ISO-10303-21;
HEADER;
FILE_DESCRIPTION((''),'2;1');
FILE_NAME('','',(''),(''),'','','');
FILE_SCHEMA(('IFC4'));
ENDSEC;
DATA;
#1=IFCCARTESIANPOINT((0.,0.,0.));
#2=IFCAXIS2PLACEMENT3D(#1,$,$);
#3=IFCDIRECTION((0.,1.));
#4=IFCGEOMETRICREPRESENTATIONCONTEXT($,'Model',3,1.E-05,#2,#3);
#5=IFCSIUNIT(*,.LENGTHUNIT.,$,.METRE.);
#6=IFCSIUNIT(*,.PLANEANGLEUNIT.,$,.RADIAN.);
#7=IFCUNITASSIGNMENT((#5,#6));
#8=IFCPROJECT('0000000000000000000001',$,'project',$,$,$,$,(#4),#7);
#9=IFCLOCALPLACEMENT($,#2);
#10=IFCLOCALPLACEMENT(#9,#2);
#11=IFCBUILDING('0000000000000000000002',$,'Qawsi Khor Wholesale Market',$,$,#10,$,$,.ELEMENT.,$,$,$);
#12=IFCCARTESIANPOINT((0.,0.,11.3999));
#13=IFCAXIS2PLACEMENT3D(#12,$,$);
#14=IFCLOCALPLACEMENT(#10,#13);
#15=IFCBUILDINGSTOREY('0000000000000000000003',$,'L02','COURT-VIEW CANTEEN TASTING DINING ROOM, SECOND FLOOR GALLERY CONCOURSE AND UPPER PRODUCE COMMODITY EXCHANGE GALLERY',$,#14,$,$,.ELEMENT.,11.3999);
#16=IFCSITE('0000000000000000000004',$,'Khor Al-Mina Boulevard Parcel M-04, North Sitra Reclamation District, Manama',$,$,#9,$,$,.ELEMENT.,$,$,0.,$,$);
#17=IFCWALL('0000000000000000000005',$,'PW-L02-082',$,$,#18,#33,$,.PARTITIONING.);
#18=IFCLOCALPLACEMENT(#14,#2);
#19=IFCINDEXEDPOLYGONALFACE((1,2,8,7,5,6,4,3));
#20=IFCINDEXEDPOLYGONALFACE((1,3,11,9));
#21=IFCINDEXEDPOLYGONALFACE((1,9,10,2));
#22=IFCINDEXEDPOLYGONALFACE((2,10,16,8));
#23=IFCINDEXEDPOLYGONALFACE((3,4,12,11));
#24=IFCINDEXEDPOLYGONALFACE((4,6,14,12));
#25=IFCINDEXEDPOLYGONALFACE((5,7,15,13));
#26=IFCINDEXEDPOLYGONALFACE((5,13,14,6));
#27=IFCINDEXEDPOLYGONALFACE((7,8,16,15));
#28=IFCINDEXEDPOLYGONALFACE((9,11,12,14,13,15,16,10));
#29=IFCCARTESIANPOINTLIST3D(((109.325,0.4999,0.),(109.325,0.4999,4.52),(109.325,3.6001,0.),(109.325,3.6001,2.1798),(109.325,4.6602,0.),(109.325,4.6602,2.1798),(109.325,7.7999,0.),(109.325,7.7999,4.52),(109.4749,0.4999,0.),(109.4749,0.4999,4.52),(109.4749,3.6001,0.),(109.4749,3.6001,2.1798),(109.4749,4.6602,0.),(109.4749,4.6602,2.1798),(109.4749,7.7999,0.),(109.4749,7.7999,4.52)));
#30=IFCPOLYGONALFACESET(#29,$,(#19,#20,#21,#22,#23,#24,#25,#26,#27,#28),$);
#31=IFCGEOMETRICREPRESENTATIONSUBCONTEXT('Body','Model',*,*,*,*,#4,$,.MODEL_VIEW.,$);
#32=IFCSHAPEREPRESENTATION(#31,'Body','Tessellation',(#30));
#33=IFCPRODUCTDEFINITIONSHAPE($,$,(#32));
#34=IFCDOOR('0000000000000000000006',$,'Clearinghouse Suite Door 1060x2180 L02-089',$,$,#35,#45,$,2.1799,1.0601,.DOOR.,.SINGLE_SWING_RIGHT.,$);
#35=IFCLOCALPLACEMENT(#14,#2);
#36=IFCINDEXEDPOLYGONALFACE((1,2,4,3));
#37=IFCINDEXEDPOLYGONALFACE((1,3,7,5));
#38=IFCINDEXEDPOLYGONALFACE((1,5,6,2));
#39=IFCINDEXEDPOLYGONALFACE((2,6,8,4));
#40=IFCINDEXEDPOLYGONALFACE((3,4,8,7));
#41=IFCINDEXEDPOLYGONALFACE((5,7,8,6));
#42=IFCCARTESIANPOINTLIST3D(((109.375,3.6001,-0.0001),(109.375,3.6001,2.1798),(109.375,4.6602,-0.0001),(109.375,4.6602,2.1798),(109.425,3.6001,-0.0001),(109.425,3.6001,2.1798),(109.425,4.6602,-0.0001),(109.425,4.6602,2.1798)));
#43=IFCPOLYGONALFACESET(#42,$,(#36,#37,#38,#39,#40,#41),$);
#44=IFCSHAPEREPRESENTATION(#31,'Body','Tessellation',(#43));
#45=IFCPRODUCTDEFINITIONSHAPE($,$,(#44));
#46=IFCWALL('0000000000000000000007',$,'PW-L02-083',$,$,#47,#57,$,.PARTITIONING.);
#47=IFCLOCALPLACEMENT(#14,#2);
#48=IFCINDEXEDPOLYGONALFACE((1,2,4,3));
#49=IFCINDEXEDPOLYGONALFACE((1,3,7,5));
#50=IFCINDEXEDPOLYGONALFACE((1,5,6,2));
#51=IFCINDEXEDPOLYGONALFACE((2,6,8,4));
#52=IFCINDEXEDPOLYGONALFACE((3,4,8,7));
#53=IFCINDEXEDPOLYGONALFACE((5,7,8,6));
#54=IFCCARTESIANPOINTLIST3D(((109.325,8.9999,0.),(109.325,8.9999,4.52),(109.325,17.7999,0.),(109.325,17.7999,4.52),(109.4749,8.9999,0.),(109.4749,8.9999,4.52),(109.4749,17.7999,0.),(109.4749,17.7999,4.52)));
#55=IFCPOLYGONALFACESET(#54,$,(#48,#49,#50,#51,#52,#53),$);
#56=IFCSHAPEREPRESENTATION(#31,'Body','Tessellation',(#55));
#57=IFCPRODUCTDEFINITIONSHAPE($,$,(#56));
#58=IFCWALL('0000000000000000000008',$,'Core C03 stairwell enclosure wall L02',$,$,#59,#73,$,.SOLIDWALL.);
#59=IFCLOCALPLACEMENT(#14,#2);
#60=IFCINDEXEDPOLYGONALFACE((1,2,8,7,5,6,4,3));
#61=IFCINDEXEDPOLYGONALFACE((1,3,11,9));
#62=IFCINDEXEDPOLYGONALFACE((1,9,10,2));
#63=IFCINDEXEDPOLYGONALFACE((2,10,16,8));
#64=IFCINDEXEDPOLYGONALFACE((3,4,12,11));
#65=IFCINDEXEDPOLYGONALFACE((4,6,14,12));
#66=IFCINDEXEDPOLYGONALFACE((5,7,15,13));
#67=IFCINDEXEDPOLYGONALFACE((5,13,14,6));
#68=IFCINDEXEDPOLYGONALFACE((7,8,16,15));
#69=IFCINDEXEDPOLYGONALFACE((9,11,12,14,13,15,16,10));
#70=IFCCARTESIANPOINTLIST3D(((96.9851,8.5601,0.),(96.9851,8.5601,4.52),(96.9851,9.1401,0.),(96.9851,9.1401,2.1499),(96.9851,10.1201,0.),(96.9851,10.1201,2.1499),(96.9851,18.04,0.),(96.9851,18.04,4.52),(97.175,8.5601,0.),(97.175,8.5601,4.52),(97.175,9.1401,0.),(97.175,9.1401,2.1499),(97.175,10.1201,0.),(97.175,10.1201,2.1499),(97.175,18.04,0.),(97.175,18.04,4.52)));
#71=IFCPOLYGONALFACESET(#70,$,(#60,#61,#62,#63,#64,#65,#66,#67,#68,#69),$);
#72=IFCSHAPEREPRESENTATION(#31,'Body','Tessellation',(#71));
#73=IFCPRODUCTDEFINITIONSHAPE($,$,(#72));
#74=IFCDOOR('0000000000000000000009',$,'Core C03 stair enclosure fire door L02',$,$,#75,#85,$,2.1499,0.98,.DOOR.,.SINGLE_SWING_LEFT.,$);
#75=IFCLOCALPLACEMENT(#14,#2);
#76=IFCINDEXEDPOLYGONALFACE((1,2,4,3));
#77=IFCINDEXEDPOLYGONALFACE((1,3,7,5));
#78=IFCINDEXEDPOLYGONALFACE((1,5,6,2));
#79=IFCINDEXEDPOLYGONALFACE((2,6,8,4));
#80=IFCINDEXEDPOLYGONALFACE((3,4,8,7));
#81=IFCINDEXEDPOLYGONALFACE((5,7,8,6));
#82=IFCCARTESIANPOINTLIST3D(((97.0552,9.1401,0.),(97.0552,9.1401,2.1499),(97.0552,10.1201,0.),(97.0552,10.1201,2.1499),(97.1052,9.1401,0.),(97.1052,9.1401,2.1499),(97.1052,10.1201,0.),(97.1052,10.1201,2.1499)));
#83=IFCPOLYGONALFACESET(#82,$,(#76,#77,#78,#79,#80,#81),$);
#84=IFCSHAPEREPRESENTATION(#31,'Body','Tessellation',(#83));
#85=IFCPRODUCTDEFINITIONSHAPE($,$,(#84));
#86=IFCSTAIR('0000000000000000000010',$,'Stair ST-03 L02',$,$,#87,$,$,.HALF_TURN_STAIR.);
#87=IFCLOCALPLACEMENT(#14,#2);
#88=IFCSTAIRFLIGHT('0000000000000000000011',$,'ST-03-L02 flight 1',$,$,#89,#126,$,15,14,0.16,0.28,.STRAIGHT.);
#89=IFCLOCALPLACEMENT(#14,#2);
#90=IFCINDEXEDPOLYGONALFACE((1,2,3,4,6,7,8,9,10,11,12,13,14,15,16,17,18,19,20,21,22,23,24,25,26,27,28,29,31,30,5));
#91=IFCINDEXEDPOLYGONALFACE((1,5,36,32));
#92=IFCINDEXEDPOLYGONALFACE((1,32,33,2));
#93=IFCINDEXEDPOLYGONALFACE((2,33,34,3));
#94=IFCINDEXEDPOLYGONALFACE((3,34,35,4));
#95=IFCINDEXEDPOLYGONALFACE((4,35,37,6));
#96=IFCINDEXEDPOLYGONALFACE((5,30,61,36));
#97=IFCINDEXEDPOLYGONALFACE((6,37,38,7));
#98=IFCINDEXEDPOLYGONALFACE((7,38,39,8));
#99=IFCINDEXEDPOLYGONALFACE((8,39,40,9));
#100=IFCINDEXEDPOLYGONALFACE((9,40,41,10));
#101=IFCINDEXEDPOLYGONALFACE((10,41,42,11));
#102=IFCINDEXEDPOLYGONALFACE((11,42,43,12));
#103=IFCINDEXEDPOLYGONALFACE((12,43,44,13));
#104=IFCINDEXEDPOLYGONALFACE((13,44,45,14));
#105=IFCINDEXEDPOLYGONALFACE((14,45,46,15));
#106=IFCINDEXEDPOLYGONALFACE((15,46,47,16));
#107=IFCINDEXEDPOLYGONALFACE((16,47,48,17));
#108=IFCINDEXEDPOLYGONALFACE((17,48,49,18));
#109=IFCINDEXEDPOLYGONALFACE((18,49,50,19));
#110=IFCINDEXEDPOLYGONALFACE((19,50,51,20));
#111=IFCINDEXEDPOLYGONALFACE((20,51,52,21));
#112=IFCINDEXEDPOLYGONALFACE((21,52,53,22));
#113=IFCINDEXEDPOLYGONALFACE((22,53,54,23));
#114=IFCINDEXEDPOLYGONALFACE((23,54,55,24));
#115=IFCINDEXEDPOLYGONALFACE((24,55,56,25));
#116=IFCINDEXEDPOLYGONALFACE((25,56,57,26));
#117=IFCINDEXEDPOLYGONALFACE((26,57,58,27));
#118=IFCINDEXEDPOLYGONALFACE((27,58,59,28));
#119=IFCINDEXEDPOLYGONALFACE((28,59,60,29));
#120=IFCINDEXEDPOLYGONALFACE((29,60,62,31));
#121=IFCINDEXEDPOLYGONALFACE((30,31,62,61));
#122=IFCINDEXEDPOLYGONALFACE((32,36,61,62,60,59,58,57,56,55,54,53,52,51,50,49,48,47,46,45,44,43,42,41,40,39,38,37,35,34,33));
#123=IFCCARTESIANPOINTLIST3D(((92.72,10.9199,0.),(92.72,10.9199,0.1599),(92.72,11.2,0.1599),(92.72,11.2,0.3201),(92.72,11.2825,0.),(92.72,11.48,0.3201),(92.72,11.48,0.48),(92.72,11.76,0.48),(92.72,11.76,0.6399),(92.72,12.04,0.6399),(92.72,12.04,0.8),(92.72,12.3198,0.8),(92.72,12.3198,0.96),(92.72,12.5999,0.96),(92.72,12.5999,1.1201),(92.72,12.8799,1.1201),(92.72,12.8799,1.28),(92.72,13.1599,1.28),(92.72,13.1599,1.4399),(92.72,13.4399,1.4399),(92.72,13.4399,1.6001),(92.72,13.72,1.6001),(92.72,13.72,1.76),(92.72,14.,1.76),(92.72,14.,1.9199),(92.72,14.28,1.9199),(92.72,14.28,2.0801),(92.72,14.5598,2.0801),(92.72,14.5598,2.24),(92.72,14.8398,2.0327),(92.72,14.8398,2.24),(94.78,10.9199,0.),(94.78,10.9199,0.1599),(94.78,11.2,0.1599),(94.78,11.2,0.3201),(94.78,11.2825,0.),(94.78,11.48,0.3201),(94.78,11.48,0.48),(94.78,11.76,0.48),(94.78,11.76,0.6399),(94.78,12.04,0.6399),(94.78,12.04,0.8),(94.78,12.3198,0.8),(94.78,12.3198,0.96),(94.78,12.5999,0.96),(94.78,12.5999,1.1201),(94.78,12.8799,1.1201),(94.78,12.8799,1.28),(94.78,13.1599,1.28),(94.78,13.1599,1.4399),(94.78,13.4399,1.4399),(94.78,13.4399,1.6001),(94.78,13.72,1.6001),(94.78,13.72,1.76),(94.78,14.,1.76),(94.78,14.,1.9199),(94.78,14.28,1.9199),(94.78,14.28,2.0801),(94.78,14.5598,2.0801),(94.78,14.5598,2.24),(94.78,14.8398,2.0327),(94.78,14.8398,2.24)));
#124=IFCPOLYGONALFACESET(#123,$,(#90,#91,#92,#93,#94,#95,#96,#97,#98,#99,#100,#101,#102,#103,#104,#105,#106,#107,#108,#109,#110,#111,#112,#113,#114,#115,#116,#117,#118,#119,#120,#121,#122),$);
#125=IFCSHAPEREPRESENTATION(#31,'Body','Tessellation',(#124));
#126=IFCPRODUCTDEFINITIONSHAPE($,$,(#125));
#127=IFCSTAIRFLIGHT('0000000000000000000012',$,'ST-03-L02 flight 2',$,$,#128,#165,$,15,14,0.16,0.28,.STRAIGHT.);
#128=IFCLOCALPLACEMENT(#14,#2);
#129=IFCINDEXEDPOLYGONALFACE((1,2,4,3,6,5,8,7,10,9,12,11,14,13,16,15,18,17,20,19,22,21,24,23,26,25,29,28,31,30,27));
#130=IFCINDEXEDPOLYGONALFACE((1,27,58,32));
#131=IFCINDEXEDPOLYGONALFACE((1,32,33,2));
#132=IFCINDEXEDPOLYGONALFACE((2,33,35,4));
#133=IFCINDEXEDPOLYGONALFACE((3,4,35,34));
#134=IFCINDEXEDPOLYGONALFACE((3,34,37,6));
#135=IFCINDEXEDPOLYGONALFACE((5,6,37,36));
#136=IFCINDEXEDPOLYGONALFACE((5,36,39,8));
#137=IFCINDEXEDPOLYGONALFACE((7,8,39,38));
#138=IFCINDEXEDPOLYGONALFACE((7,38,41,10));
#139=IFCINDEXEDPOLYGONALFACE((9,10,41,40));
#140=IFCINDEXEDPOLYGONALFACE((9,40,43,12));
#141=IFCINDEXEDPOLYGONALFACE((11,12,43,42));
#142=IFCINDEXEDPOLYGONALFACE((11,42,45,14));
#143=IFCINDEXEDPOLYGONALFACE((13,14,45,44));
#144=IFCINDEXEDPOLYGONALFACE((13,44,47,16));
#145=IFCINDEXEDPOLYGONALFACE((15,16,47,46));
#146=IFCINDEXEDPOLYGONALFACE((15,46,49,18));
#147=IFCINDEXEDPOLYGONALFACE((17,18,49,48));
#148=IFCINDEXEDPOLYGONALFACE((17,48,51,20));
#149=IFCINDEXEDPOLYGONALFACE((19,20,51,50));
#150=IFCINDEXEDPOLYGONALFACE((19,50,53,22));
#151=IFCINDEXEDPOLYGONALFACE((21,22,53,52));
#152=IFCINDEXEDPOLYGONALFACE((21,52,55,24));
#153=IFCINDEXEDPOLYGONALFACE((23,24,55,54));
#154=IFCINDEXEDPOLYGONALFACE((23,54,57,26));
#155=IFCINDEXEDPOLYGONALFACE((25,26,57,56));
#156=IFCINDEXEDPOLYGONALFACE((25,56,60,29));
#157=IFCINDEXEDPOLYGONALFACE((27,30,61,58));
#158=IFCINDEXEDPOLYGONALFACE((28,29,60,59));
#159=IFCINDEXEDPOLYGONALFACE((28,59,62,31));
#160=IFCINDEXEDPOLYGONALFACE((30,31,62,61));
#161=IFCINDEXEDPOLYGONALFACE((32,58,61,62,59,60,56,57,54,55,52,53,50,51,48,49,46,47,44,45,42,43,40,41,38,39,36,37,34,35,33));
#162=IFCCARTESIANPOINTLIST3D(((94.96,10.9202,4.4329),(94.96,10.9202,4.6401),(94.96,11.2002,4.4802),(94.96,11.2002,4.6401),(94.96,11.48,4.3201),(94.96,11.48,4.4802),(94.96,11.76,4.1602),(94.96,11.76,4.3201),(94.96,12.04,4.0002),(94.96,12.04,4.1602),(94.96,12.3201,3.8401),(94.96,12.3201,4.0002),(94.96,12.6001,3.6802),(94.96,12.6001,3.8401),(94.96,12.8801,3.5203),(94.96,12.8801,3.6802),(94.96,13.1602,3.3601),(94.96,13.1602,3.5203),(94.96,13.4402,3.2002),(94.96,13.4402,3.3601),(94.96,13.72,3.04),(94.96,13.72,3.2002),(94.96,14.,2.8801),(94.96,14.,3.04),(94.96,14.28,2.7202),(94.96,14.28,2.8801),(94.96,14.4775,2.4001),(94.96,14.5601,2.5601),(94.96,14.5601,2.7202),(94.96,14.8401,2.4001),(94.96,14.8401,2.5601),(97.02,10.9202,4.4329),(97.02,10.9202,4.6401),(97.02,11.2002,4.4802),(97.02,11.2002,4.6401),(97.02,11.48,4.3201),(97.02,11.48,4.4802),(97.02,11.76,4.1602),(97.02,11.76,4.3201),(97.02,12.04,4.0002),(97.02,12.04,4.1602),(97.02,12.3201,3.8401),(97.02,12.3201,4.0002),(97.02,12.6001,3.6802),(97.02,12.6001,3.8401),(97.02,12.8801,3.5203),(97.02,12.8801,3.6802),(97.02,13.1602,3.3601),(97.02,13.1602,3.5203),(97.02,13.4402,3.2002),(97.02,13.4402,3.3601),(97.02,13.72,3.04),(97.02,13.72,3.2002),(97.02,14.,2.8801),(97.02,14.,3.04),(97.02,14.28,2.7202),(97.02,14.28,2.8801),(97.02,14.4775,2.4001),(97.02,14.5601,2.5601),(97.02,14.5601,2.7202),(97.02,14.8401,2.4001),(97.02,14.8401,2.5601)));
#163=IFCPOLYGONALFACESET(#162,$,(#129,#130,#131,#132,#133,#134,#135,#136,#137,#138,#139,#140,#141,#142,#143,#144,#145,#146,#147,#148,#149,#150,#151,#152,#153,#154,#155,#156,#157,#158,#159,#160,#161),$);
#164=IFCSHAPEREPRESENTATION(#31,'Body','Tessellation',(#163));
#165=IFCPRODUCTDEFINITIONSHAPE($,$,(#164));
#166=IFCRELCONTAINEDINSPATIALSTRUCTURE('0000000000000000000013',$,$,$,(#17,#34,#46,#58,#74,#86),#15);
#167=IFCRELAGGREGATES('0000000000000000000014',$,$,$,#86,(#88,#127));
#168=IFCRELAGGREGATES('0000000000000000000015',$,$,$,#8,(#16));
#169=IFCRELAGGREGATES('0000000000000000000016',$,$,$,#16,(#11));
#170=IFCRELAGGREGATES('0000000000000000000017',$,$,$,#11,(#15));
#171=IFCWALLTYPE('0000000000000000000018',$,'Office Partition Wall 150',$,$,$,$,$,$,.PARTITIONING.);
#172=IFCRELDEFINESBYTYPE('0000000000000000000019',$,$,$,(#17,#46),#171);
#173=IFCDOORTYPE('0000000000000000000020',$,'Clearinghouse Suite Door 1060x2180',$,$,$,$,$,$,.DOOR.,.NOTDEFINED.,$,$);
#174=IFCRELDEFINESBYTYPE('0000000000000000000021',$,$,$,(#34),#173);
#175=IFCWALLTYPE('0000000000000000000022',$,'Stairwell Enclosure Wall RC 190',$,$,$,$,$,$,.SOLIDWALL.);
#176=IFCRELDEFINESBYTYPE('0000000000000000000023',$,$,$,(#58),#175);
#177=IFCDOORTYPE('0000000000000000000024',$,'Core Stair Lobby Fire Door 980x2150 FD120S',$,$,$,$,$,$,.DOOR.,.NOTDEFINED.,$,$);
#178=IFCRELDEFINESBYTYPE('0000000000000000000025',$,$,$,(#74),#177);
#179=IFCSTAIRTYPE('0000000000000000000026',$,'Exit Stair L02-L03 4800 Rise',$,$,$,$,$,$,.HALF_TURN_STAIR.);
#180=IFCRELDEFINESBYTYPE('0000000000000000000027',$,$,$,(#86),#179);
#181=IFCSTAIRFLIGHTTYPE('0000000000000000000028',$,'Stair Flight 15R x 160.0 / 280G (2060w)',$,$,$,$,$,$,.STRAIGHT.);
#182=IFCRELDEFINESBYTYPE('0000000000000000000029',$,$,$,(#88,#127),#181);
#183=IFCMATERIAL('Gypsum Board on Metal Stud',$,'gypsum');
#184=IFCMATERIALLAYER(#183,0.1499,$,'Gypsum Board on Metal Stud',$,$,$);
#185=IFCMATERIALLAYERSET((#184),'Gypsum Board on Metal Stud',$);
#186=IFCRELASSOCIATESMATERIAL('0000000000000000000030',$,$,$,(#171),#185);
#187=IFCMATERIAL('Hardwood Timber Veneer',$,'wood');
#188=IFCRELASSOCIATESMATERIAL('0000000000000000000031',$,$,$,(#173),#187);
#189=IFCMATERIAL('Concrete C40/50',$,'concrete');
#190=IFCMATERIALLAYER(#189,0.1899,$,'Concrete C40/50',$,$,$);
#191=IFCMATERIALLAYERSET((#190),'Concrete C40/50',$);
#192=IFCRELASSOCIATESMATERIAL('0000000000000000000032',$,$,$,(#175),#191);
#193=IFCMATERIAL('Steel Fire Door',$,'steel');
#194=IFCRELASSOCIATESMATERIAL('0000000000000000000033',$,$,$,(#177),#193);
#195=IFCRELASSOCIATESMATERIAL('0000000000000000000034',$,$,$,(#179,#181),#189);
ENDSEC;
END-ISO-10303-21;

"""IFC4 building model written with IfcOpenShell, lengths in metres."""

from ifc_helpers import new_model, si_unit, direction, frame, frame_2d, origin, place, context, subcontext, project, spatial, polyline, rectangle, outline, extrude, material, layer, layer_set, type_object, element, fill, aggregate, save


model = new_model("IFC4")

# Units and contexts
model_context = context("Model", 3, precision=1e-05, world=origin(), true_north=direction((0.0, 1.0)))
body_context = subcontext(model_context, "Body", "Model", "MODEL_VIEW")
ifc_project = project(units=[si_unit("LENGTHUNIT", "METRE"), si_unit("PLANEANGLEUNIT", "RADIAN")], contexts=[model_context])

# Site, building, storey
site_placement = place(None, origin())
site = spatial("IfcSite", under=ifc_project, at=site_placement, Name="Khor Al-Mina Boulevard Parcel M-04, North Sitra Reclamation District, Manama", CompositionType="ELEMENT", RefElevation=0.0)
building_placement = place(site_placement, origin())
building = spatial("IfcBuilding", under=site, at=building_placement, Name="Qawsi Khor Wholesale Market", CompositionType="ELEMENT")
storey_placement = place(building_placement, frame((0.0, 0.0, 11.3999)))
storey = spatial("IfcBuildingStorey", under=building, at=storey_placement, Name="L02", Description="COURT-VIEW CANTEEN TASTING DINING ROOM, SECOND FLOOR GALLERY CONCOURSE AND UPPER PRODUCE COMMODITY EXCHANGE GALLERY", CompositionType="ELEMENT", Elevation=11.3999)

# Shared definitions
ifc_material_1 = material(Name="Concrete C40/50", Category="concrete")

# Wall, opening, door
ifc_material_2 = material(Name="Gypsum Board on Metal Stud", Category="gypsum")
ifc_layer_1 = layer(ifc_material_2, 0.1499, Name="Gypsum Board on Metal Stud")
ifc_layer_set_1 = layer_set([ifc_layer_1], Name="Gypsum Board on Metal Stud")
wall_type_1 = type_object("IfcWallType", Name="Office Partition Wall 150", PredefinedType="PARTITIONING", material=ifc_layer_set_1)
wall_1_placement = place(storey_placement, frame((109.3999, 0.5, 0.0), z_axis=(0.0, 0.0, 1.0), x_axis=(0.0, 1.0, 0.0)))
wall_1 = element("IfcWall", 1, at=wall_1_placement, inside=storey, type_object=wall_type_1, Name="PW-L02-082", PredefinedType="PARTITIONING", context=body_context, shape_type="SweptSolid", body=[
    extrude(rectangle(XDim=7.3, YDim=0.1499, at=frame_2d((3.6499, 0.0))), origin(), (0.0, 0.0, 1.0), 4.52),
])
opening_1_placement = place(wall_1_placement, frame((3.1001, 0.0, 0.0)))
opening_1 = element("IfcOpeningElement", 2, at=opening_1_placement, cuts=wall_1, PredefinedType="OPENING", context=body_context, shape_type="SweptSolid", body=[
    extrude(rectangle(XDim=1.0601, YDim=2.1799, at=frame_2d((0.53, 1.0898))), frame((0.0, 0.085, 0.0), z_axis=(0.0, -1.0, 0.0), x_axis=(1.0, 0.0, 0.0)), (0.0, 0.0, 1.0), 0.1699),
])
ifc_material_3 = material(Name="Hardwood Timber Veneer", Category="wood")
door_type_1 = type_object("IfcDoorType", Name="Clearinghouse Suite Door 1060x2180", OperationType="NOTDEFINED", PredefinedType="DOOR", material=ifc_material_3)
door_1_placement = place(opening_1_placement, origin())
door_1 = element("IfcDoor", 3, at=door_1_placement, inside=storey, type_object=door_type_1, Name="Clearinghouse Suite Door 1060x2180 L02-089", OperationType="SINGLE_SWING_RIGHT", OverallHeight=2.1799, OverallWidth=1.0601, PredefinedType="DOOR", context=body_context, shape_type="SweptSolid", body=[
    extrude(rectangle(XDim=1.0601, YDim=2.1799, at=frame_2d((0.53, 1.0898))), frame((0.0, 0.0249, 0.0), z_axis=(0.0, -1.0, 0.0), x_axis=(1.0, 0.0, 0.0)), (0.0, 0.0, 1.0), 0.05),
])
fill(opening_1, door_1)

# Wall
wall_2_placement = place(storey_placement, frame((109.3999, 9.0, 0.0), z_axis=(0.0, 0.0, 1.0), x_axis=(0.0, 1.0, 0.0)))
element("IfcWall", 4, at=wall_2_placement, inside=storey, type_object=wall_type_1, Name="PW-L02-083", PredefinedType="PARTITIONING", context=body_context, shape_type="SweptSolid", body=[
    extrude(rectangle(XDim=8.8, YDim=0.1499, at=frame_2d((4.3999, 0.0))), origin(), (0.0, 0.0, 1.0), 4.52),
])

# Wall, opening, door
ifc_layer_2 = layer(ifc_material_1, 0.1899, Name="Concrete C40/50")
ifc_layer_set_2 = layer_set([ifc_layer_2], Name="Concrete C40/50")
wall_type_2 = type_object("IfcWallType", Name="Stairwell Enclosure Wall RC 190", PredefinedType="SOLIDWALL", material=ifc_layer_set_2)
wall_3_placement = place(storey_placement, frame((97.0801, 8.5601, 0.0), z_axis=(0.0, 0.0, 1.0), x_axis=(0.0, 1.0, 0.0)))
wall_3 = element("IfcWall", 5, at=wall_3_placement, inside=storey, type_object=wall_type_2, Name="Core C03 stairwell enclosure wall L02", PredefinedType="SOLIDWALL", context=body_context, shape_type="SweptSolid", body=[
    extrude(rectangle(XDim=9.48, YDim=0.1899, at=frame_2d((4.74, 0.0))), origin(), (0.0, 0.0, 1.0), 4.52),
])
opening_2_placement = place(wall_3_placement, frame((0.5801, 0.0, 0.0)))
opening_2 = element("IfcOpeningElement", 6, at=opening_2_placement, cuts=wall_3, PredefinedType="OPENING", context=body_context, shape_type="SweptSolid", body=[
    extrude(rectangle(XDim=0.98, YDim=2.1499, at=frame_2d((0.49, 1.075))), frame((0.0, 0.105, 0.0), z_axis=(0.0, -1.0, 0.0), x_axis=(1.0, 0.0, 0.0)), (0.0, 0.0, 1.0), 0.21),
])
ifc_material_4 = material(Name="Steel Fire Door", Category="steel")
door_type_2 = type_object("IfcDoorType", Name="Core Stair Lobby Fire Door 980x2150 FD120S", OperationType="NOTDEFINED", PredefinedType="DOOR", material=ifc_material_4)
door_2_placement = place(opening_2_placement, origin())
door_2 = element("IfcDoor", 7, at=door_2_placement, inside=storey, type_object=door_type_2, Name="Core C03 stair enclosure fire door L02", OperationType="SINGLE_SWING_LEFT", OverallHeight=2.1499, OverallWidth=0.98, PredefinedType="DOOR", context=body_context, shape_type="SweptSolid", body=[
    extrude(rectangle(XDim=0.98, YDim=2.1499, at=frame_2d((0.49, 1.075))), frame((0.0, 0.0249, 0.0), z_axis=(0.0, -1.0, 0.0), x_axis=(1.0, 0.0, 0.0)), (0.0, 0.0, 1.0), 0.05),
])
fill(opening_2, door_2)

# Stair, stair flights
stair_type = type_object("IfcStairType", Name="Exit Stair L02-L03 4800 Rise", PredefinedType="HALF_TURN_STAIR", material=ifc_material_1)
stair_placement = place(storey_placement, origin())
stair = element("IfcStair", 8, at=stair_placement, inside=storey, type_object=stair_type, Name="Stair ST-03 L02", PredefinedType="HALF_TURN_STAIR")
stair_flight_type = type_object("IfcStairFlightType", Name="Stair Flight 15R x 160.0 / 280G (2060w)", PredefinedType="STRAIGHT", material=ifc_material_1)
stair_flight_1_placement = place(storey_placement, frame((93.75, 10.9199, 0.0), z_axis=(0.0, 0.0, 1.0), x_axis=(0.0, 1.0, 0.0)))
stair_flight_1 = element("IfcStairFlight", 9, at=stair_flight_1_placement, type_object=stair_flight_type, Name="ST-03-L02 flight 1", NumberOfRisers=15, NumberOfTreads=14, PredefinedType="STRAIGHT", RiserHeight=0.16, TreadLength=0.28, context=body_context, shape_type="SweptSolid", body=[
    extrude(outline(polyline([(0.0, 0.0), (0.0, 0.1599), (0.28, 0.1599), (0.28, 0.3201), (0.5601, 0.3201), (0.5601, 0.48), (0.8401, 0.48), (0.8401, 0.6399), (1.1201, 0.6399), (1.1201, 0.8), (1.3999, 0.8), (1.3999, 0.96), (1.6799, 0.96), (1.6799, 1.1201), (1.96, 1.1201), (1.96, 1.28), (2.24, 1.28), (2.24, 1.4399), (2.52, 1.4399), (2.52, 1.6001), (2.8, 1.6001), (2.8, 1.76), (3.0801, 1.76), (3.0801, 1.9199), (3.3601, 1.9199), (3.3601, 2.0801), (3.6399, 2.0801), (3.6399, 2.24), (3.9199, 2.24), (3.9199, 2.3999), (3.9199, 2.0327), (0.3625, 0.0), (0.0, 0.0)])), frame((0.0, 1.03, 0.0), z_axis=(0.0, -1.0, 0.0), x_axis=(1.0, 0.0, 0.0)), (0.0, 0.0, 1.0), 2.0601),
])
stair_flight_2_placement = place(storey_placement, frame((95.99, 14.8401, 2.4001), z_axis=(0.0, 0.0, 1.0), x_axis=(0.0, -1.0, 0.0)))
stair_flight_2 = element("IfcStairFlight", 10, at=stair_flight_2_placement, type_object=stair_flight_type, Name="ST-03-L02 flight 2", NumberOfRisers=15, NumberOfTreads=14, PredefinedType="STRAIGHT", RiserHeight=0.16, TreadLength=0.28, context=body_context, shape_type="SweptSolid", body=[
    extrude(outline(polyline([(0.0, 0.0), (0.0, 0.1599), (0.28, 0.1599), (0.28, 0.3201), (0.5601, 0.3201), (0.5601, 0.48), (0.8401, 0.48), (0.8401, 0.6399), (1.1201, 0.6399), (1.1201, 0.8), (1.3999, 0.8), (1.3999, 0.96), (1.6799, 0.96), (1.6799, 1.1201), (1.96, 1.1201), (1.96, 1.28), (2.24, 1.28), (2.24, 1.4399), (2.52, 1.4399), (2.52, 1.6001), (2.8, 1.6001), (2.8, 1.76), (3.0801, 1.76), (3.0801, 1.9199), (3.3601, 1.9199), (3.3601, 2.0801), (3.6399, 2.0801), (3.6399, 2.24), (3.9199, 2.24), (3.9199, 2.3999), (3.9199, 2.0327), (0.3625, 0.0), (0.0, 0.0)])), frame((0.0, 1.03, 0.0), z_axis=(0.0, -1.0, 0.0), x_axis=(1.0, 0.0, 0.0)), (0.0, 0.0, 1.0), 2.0601),
])
aggregate(stair, [stair_flight_1, stair_flight_2])

save(model, "model.ifc")
